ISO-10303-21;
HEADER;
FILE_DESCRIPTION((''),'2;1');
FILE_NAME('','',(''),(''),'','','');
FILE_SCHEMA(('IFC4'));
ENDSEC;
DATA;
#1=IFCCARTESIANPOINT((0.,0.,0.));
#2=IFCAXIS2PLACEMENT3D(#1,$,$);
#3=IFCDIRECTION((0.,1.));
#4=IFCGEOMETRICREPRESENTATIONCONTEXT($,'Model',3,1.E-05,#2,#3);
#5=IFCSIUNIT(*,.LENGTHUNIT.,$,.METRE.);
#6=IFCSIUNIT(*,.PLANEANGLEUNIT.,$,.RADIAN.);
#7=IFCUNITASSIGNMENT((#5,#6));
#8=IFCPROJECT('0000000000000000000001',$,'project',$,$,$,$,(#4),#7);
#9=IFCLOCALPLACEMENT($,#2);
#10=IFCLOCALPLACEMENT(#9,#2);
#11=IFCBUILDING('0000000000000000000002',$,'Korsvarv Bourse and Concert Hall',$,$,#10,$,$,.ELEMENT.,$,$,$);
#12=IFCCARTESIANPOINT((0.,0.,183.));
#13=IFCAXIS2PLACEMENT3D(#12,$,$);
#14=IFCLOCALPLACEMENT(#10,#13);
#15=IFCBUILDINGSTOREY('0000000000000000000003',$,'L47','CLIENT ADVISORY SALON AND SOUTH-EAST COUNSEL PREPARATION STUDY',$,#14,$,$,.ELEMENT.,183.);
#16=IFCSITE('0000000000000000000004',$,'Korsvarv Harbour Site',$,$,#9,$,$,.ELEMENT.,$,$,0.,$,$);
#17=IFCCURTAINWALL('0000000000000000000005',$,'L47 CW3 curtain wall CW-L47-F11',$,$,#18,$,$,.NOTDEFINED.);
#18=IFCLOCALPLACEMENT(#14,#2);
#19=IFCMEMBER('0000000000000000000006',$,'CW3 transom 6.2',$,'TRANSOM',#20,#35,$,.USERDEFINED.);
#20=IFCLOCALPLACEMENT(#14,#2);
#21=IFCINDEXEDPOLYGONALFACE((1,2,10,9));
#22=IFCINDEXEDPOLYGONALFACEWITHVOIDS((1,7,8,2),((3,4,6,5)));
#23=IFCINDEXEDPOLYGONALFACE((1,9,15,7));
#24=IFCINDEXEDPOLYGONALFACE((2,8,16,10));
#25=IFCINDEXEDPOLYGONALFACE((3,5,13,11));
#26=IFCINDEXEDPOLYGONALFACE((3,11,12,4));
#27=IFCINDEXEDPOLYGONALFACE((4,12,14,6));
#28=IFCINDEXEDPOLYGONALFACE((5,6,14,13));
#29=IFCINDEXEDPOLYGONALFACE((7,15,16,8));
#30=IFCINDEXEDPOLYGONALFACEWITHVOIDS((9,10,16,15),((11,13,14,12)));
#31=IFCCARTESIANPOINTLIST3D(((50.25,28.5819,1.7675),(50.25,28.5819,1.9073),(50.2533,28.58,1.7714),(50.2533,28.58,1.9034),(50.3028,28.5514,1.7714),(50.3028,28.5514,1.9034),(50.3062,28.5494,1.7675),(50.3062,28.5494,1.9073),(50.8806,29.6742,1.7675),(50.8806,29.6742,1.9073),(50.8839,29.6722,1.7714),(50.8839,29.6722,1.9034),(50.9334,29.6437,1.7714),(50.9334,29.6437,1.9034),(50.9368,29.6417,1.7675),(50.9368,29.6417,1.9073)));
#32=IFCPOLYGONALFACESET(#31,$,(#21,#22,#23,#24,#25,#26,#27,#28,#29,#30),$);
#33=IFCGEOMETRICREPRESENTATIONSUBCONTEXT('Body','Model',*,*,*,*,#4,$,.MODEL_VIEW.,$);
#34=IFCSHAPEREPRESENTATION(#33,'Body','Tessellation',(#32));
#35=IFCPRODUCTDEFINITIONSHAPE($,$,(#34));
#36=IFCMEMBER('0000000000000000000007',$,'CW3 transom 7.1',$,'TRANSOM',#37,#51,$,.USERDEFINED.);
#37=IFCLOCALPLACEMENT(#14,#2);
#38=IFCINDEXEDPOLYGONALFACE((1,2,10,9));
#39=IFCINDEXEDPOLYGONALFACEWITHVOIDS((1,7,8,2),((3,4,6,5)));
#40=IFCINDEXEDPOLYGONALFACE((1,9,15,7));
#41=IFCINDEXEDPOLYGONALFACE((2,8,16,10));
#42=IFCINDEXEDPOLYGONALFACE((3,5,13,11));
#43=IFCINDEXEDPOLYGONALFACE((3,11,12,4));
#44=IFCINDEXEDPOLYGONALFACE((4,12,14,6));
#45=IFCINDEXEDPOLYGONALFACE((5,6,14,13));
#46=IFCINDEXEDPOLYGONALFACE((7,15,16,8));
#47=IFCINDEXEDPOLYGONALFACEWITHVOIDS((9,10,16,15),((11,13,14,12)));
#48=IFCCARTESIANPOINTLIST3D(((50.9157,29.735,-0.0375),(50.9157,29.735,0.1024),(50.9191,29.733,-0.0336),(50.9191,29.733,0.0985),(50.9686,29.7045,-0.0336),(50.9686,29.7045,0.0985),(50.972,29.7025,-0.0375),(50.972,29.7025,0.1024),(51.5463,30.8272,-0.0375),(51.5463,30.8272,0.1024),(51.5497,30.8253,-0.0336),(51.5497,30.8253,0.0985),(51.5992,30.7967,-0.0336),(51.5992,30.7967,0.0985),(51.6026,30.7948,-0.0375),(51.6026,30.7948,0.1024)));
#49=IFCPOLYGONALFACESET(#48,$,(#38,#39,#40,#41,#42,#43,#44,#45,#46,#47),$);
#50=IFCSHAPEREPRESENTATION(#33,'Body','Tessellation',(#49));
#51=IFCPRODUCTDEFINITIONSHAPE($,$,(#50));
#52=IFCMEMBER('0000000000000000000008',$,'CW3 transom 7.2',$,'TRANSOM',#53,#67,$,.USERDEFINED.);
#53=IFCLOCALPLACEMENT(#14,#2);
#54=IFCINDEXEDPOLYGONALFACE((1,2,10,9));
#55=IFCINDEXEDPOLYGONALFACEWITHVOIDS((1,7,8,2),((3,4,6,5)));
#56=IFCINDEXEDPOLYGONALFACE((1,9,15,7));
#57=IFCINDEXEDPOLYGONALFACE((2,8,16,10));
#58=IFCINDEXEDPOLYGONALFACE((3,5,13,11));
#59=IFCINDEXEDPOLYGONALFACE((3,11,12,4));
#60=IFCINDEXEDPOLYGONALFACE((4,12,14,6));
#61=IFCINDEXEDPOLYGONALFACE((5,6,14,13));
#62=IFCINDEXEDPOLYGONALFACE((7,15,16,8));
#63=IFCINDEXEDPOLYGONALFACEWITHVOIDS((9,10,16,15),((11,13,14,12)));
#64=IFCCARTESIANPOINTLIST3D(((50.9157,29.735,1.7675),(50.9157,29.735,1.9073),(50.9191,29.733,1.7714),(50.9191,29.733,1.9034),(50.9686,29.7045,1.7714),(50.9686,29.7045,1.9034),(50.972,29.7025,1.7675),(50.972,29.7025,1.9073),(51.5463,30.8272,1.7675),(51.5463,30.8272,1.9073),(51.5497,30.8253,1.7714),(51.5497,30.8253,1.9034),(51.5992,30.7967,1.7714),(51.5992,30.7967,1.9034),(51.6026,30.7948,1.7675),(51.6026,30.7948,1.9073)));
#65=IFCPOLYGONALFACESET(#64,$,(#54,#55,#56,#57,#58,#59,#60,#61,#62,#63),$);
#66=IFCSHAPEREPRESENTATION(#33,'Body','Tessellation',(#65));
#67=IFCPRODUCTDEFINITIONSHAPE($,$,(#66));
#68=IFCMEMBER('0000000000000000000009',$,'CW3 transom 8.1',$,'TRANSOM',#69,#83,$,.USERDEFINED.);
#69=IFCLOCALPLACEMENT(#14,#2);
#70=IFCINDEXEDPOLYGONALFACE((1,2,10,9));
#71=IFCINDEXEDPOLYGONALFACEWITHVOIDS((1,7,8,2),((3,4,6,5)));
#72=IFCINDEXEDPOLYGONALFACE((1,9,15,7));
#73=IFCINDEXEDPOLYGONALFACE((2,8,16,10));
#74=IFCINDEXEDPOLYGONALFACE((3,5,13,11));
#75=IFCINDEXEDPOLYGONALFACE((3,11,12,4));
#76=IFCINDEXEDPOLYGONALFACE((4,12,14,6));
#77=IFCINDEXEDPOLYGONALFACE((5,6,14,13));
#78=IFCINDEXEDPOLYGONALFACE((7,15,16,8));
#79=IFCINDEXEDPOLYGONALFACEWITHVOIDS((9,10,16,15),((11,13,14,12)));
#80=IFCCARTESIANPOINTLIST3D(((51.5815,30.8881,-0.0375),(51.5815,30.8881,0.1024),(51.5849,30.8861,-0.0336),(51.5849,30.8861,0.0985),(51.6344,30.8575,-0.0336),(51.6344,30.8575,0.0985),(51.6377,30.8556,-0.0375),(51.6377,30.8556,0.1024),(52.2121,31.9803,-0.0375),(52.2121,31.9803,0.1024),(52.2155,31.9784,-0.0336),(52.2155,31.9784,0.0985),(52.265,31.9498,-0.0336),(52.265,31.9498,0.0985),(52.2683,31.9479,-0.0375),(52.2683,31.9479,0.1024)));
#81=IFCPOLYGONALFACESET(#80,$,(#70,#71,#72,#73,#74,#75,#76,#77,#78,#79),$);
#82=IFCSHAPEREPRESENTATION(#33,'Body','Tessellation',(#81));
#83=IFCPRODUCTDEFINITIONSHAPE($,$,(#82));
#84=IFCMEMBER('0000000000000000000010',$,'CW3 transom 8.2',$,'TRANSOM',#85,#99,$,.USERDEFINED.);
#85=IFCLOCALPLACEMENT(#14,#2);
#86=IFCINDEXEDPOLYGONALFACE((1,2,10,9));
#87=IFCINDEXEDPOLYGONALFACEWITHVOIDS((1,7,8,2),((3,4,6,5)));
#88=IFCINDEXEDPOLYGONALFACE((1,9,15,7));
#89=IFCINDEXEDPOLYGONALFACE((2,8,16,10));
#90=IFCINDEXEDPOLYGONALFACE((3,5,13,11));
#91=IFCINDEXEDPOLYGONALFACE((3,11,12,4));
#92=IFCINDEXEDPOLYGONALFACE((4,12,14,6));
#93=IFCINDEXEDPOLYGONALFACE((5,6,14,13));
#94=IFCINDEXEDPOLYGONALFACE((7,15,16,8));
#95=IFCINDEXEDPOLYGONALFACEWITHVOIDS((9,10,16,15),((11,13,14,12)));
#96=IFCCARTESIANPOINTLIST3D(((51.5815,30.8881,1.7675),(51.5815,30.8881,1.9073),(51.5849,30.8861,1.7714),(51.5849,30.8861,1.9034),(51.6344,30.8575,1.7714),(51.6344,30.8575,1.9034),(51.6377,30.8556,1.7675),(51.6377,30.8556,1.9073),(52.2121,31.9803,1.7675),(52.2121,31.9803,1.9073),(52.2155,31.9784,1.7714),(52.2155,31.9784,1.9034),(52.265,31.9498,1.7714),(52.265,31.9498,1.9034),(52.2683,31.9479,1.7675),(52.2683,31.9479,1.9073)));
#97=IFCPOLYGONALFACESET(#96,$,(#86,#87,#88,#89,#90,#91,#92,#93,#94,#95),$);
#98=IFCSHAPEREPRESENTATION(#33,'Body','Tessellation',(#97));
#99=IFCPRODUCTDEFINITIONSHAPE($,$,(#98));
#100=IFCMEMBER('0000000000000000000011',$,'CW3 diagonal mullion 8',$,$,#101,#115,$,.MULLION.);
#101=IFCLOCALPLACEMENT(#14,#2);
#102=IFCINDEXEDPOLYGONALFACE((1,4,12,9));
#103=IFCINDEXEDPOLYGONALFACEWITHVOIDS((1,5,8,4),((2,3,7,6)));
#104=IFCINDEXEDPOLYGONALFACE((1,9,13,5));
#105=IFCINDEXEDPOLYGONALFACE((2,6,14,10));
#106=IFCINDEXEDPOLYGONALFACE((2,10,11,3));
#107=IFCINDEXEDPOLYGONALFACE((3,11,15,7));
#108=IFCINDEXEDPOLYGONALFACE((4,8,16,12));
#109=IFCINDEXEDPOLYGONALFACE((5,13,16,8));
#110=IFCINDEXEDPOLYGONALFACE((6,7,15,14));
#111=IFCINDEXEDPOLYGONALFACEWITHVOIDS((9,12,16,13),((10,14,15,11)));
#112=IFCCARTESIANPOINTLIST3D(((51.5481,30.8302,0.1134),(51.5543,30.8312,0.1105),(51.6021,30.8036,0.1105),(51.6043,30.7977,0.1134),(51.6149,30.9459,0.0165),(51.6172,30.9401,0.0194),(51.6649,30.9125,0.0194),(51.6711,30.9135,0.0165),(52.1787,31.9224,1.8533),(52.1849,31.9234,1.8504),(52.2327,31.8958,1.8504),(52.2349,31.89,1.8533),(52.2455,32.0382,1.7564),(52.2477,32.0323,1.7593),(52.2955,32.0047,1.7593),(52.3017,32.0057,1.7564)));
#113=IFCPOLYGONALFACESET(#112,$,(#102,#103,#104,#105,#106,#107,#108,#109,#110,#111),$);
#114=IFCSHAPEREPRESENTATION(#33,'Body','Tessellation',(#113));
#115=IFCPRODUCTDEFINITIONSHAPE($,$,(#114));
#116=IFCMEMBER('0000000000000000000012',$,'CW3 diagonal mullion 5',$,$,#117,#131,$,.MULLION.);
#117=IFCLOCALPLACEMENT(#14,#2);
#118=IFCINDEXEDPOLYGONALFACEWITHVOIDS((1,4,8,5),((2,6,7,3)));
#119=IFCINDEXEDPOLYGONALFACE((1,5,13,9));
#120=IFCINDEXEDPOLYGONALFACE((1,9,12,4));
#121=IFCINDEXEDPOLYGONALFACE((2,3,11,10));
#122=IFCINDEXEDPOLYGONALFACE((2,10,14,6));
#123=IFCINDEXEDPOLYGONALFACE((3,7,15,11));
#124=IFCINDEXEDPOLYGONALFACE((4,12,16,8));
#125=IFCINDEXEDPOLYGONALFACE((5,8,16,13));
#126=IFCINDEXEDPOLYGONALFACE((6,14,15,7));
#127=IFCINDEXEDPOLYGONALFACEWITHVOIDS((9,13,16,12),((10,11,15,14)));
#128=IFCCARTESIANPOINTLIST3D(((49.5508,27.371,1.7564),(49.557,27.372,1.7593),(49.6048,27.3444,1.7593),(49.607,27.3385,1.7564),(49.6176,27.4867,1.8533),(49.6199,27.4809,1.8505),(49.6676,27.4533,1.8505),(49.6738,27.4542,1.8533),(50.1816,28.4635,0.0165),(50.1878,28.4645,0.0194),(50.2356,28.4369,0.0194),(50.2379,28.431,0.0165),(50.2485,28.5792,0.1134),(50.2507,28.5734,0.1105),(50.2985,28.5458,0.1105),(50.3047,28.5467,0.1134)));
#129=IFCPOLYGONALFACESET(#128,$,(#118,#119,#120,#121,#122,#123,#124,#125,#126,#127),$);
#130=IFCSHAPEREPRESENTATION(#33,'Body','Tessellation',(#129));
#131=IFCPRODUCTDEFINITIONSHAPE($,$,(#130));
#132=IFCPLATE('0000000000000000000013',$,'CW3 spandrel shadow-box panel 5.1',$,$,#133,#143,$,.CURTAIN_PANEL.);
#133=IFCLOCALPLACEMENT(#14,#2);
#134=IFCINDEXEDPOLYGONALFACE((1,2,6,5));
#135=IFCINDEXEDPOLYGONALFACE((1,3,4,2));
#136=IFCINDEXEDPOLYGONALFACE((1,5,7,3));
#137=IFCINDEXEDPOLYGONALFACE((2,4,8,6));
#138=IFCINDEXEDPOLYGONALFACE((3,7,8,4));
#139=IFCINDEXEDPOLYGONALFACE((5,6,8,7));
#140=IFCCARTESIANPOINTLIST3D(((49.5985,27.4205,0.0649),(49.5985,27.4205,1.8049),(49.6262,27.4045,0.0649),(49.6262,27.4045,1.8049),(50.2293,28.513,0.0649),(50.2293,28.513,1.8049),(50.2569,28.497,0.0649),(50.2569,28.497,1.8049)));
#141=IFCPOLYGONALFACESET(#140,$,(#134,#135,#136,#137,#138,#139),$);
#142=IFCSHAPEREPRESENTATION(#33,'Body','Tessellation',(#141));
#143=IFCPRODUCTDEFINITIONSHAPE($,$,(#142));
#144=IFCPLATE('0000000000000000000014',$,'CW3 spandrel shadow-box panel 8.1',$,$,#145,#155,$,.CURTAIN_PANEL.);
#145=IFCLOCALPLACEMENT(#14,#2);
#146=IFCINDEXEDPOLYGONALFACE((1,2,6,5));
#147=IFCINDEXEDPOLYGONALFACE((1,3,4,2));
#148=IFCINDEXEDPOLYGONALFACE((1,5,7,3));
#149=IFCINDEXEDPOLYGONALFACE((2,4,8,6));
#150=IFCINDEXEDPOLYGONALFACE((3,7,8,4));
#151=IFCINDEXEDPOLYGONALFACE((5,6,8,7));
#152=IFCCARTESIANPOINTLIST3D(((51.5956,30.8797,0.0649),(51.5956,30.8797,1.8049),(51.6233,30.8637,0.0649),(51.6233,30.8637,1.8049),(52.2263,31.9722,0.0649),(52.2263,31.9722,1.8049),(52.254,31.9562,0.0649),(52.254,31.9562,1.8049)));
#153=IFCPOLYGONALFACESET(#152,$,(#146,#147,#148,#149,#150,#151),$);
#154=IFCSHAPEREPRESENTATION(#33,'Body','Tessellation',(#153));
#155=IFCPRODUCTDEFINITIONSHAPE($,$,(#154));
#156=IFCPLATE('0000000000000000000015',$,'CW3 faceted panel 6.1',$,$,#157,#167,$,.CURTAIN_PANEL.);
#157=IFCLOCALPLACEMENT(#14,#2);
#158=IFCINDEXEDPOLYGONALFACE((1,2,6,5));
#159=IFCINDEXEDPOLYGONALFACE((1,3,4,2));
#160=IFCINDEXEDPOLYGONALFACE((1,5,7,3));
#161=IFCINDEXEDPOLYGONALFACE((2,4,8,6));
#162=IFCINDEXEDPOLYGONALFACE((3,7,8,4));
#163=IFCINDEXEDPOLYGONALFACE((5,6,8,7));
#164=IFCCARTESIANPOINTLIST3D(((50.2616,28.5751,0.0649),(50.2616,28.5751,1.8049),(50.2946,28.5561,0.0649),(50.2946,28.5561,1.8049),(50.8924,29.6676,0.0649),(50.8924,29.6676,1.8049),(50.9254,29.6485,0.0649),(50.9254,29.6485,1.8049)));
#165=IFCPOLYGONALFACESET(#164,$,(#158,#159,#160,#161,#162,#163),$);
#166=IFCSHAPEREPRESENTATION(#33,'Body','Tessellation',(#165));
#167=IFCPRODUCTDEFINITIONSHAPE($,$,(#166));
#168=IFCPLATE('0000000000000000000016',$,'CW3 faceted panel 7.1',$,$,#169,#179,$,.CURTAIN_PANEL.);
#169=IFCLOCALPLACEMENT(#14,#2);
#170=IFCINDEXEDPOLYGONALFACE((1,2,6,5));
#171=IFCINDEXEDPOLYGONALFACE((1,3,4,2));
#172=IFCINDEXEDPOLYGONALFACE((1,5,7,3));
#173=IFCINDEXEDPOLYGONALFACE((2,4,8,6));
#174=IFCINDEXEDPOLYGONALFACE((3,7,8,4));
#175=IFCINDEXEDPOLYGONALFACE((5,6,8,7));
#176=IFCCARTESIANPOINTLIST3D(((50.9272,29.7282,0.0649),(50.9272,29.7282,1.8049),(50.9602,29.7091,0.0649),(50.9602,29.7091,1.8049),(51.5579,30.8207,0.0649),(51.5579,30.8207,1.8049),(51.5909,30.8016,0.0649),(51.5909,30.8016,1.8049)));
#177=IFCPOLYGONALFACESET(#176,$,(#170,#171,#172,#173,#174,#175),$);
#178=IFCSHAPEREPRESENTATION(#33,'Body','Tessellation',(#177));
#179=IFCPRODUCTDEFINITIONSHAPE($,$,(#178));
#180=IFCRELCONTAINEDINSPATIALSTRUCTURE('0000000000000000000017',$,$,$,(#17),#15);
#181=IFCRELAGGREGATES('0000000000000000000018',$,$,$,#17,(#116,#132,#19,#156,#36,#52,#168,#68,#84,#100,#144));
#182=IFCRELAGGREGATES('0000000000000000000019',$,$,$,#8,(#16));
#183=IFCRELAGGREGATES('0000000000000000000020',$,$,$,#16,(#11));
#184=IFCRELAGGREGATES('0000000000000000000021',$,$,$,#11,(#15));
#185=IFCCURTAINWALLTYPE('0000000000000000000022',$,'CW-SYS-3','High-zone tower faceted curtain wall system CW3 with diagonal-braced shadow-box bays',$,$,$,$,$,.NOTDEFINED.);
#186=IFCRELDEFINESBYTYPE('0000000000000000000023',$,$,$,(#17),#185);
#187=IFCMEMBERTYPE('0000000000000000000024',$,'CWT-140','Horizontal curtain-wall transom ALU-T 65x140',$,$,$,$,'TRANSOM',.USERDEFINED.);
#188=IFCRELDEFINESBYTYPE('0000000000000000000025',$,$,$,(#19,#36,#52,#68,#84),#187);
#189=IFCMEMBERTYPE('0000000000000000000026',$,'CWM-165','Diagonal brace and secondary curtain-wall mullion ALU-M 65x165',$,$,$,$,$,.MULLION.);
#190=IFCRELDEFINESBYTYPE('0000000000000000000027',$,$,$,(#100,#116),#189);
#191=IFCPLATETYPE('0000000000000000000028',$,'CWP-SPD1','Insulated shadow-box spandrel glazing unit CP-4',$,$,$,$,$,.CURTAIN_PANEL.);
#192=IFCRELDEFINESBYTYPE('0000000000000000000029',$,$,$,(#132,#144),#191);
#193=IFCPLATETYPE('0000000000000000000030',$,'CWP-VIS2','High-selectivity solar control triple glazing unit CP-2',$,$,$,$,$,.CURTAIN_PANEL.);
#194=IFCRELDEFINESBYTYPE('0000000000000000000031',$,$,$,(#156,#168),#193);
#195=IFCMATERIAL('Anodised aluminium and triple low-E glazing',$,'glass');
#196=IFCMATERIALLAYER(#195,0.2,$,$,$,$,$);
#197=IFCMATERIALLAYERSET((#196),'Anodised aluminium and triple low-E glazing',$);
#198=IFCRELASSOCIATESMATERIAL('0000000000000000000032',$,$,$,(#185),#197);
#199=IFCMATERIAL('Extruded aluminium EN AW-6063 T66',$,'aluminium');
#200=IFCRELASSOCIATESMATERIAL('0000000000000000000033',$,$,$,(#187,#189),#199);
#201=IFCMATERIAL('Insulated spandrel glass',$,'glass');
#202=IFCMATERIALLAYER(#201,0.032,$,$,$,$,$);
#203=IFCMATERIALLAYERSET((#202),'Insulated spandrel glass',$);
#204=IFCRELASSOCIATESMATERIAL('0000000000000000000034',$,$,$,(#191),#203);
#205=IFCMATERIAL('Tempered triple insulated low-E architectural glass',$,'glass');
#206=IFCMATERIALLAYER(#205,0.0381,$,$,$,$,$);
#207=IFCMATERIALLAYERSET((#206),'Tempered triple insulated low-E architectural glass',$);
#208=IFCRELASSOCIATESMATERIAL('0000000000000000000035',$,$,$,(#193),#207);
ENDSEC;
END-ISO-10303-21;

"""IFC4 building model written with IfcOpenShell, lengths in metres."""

from ifc_helpers import new_model, si_unit, direction, frame, origin, origin_2d, place, context, subcontext, project, spatial, rectangle, hollow_rectangle, extrude, source, transform, mapped, material, layer, layer_set, material_profile, profile_set, type_object, element, aggregate, save


model = new_model("IFC4")

# Units and contexts
model_context = context("Model", 3, precision=1e-05, world=origin(), true_north=direction((0.0, 1.0)))
body_context = subcontext(model_context, "Body", "Model", "MODEL_VIEW")
ifc_project = project(units=[si_unit("LENGTHUNIT", "METRE"), si_unit("PLANEANGLEUNIT", "RADIAN")], contexts=[model_context])

# Site, building, storey
site_placement = place(None, origin())
site = spatial("IfcSite", under=ifc_project, at=site_placement, Name="Korsvarv Harbour Site", CompositionType="ELEMENT", RefElevation=0.0)
building_placement = place(site_placement, origin())
building = spatial("IfcBuilding", under=site, at=building_placement, Name="Korsvarv Bourse and Concert Hall", CompositionType="ELEMENT")
storey_placement = place(building_placement, frame((0.0, 0.0, 183.0)))
storey = spatial("IfcBuildingStorey", under=building, at=storey_placement, Name="L47", Description="CLIENT ADVISORY SALON AND SOUTH-EAST COUNSEL PREPARATION STUDY", CompositionType="ELEMENT", Elevation=183.0)

# Curtain wall, members, plates
ifc_material_1 = material(Name="Anodised aluminium and triple low-E glazing", Category="glass")
ifc_layer_1 = layer(ifc_material_1, 0.2)
ifc_layer_set_1 = layer_set([ifc_layer_1], Name="Anodised aluminium and triple low-E glazing")
curtain_wall_type = type_object("IfcCurtainWallType", Name="CW-SYS-3", Description="High-zone tower faceted curtain wall system CW3 with diagonal-braced shadow-box bays", PredefinedType="NOTDEFINED", material=ifc_layer_set_1)
curtain_wall_placement = place(storey_placement, origin())
curtain_wall = element("IfcCurtainWall", 1, at=curtain_wall_placement, inside=storey, type_object=curtain_wall_type, Name="L47 CW3 curtain wall CW-L47-F11", PredefinedType="NOTDEFINED")
ifc_material_2 = material(Name="Extruded aluminium EN AW-6063 T66", Category="aluminium")
ifc_material_profile_1 = material_profile(ifc_material_2, hollow_rectangle(XDim=0.0649, YDim=0.1399, WallThickness=0.0039, at=origin_2d()), Name="ALU-T 65x140")
ifc_profile_set_1 = profile_set([ifc_material_profile_1], Name="Extruded aluminium EN AW-6063 T66")
member_type_1 = type_object("IfcMemberType", Name="CWT-140", Description="Horizontal curtain-wall transom ALU-T 65x140", ElementType="TRANSOM", PredefinedType="USERDEFINED", material=ifc_profile_set_1)
shared_shape_1 = source(origin(), body_context, "Body", "SweptSolid", [
    extrude(hollow_rectangle(XDim=0.0649, YDim=0.1399, WallThickness=0.0039, at=origin_2d()), origin(), (0.0, 0.0, 1.0), 1.2612),
])
member_1_placement = place(storey_placement, frame((50.2781, 28.5657, 1.8374), z_axis=(0.499991, 0.866031, 0.0), x_axis=(-0.866031, 0.499991, 0.0)))
member_1 = element("IfcMember", 2, at=member_1_placement, type_object=member_type_1, Name="CW3 transom 6.2", ObjectType="TRANSOM", PredefinedType="USERDEFINED", context=body_context, shape_type="MappedRepresentation", body=[
    mapped(shared_shape_1, transform((0.0, 0.0, 0.0), scale=1.0)),
])
member_2_placement = place(storey_placement, frame((50.9438, 29.7188, 0.0325), z_axis=(0.499991, 0.866031, 0.0), x_axis=(-0.866031, 0.499991, 0.0)))
member_2 = element("IfcMember", 3, at=member_2_placement, type_object=member_type_1, Name="CW3 transom 7.1", ObjectType="TRANSOM", PredefinedType="USERDEFINED", context=body_context, shape_type="MappedRepresentation", body=[
    mapped(shared_shape_1, transform((0.0, 0.0, 0.0), scale=1.0)),
])
member_3_placement = place(storey_placement, frame((50.9438, 29.7188, 1.8374), z_axis=(0.499991, 0.866031, 0.0), x_axis=(-0.866031, 0.499991, 0.0)))
member_3 = element("IfcMember", 4, at=member_3_placement, type_object=member_type_1, Name="CW3 transom 7.2", ObjectType="TRANSOM", PredefinedType="USERDEFINED", context=body_context, shape_type="MappedRepresentation", body=[
    mapped(shared_shape_1, transform((0.0, 0.0, 0.0), scale=1.0)),
])
member_4_placement = place(storey_placement, frame((51.6096, 30.8718, 0.0325), z_axis=(0.499991, 0.866031, 0.0), x_axis=(-0.866031, 0.499991, 0.0)))
member_4 = element("IfcMember", 5, at=member_4_placement, type_object=member_type_1, Name="CW3 transom 8.1", ObjectType="TRANSOM", PredefinedType="USERDEFINED", context=body_context, shape_type="MappedRepresentation", body=[
    mapped(shared_shape_1, transform((0.0, 0.0, 0.0), scale=1.0)),
])
member_5_placement = place(storey_placement, frame((51.6096, 30.8718, 1.8374), z_axis=(0.499991, 0.866031, 0.0), x_axis=(-0.866031, 0.499991, 0.0)))
member_5 = element("IfcMember", 6, at=member_5_placement, type_object=member_type_1, Name="CW3 transom 8.2", ObjectType="TRANSOM", PredefinedType="USERDEFINED", context=body_context, shape_type="MappedRepresentation", body=[
    mapped(shared_shape_1, transform((0.0, 0.0, 0.0), scale=1.0)),
])
ifc_material_profile_2 = material_profile(ifc_material_2, hollow_rectangle(XDim=0.0649, YDim=0.165, WallThickness=0.0049, at=origin_2d()), Name="ALU-M 65x165")
ifc_profile_set_2 = profile_set([ifc_material_profile_2], Name="Extruded aluminium EN AW-6063 T66")
member_type_2 = type_object("IfcMemberType", Name="CWM-165", Description="Diagonal brace and secondary curtain-wall mullion ALU-M 65x165", PredefinedType="MULLION", material=ifc_profile_set_2)
shared_shape_2 = source(origin(), body_context, "Body", "SweptSolid", [
    extrude(hollow_rectangle(XDim=0.0649, YDim=0.165, WallThickness=0.0049, at=origin_2d()), origin(), (0.0, 0.0, 1.0), 2.1489),
])
member_6_placement = place(storey_placement, frame((51.6096, 30.8718, 0.0649), z_axis=(0.293442, 0.508269, 0.809663), x_axis=(-0.866031, 0.499991, 0.0)))
member_6 = element("IfcMember", 7, at=member_6_placement, type_object=member_type_2, Name="CW3 diagonal mullion 8", PredefinedType="MULLION", context=body_context, shape_type="MappedRepresentation", body=[
    mapped(shared_shape_2, transform((0.0, 0.0, 0.0), scale=1.0)),
])
shared_shape_3 = source(origin(), body_context, "Body", "SweptSolid", [
    extrude(hollow_rectangle(XDim=0.0649, YDim=0.165, WallThickness=0.0049, at=origin_2d()), origin(), (0.0, 0.0, 1.0), 2.1492),
])
member_7_placement = place(storey_placement, frame((50.2432, 28.5051, 0.0649), z_axis=(-0.293529, -0.508336, 0.809589), x_axis=(0.865995, -0.500052, 0.0)))
member_7 = element("IfcMember", 8, at=member_7_placement, type_object=member_type_2, Name="CW3 diagonal mullion 5", PredefinedType="MULLION", context=body_context, shape_type="MappedRepresentation", body=[
    mapped(shared_shape_3, transform((0.0, 0.0, 0.0), scale=1.0)),
])
ifc_material_3 = material(Name="Insulated spandrel glass", Category="glass")
ifc_layer_2 = layer(ifc_material_3, 0.032)
ifc_layer_set_2 = layer_set([ifc_layer_2], Name="Insulated spandrel glass")
plate_type_1 = type_object("IfcPlateType", Name="CWP-SPD1", Description="Insulated shadow-box spandrel glazing unit CP-4", PredefinedType="CURTAIN_PANEL", material=ifc_layer_set_2)
shared_shape_4 = source(origin(), body_context, "Body", "SweptSolid", [
    extrude(rectangle(XDim=1.2615, YDim=0.032, at=origin_2d()), origin(), (0.0, 0.0, 1.0), 1.74),
])
plate_1_placement = place(storey_placement, frame((49.9277, 27.9587, 0.0649), z_axis=(0.0, 0.0, 1.0), x_axis=(0.499994, 0.866029, 0.0)))
plate_1 = element("IfcPlate", 9, at=plate_1_placement, type_object=plate_type_1, Name="CW3 spandrel shadow-box panel 5.1", PredefinedType="CURTAIN_PANEL", context=body_context, shape_type="MappedRepresentation", body=[
    mapped(shared_shape_4, transform((0.0, 0.0, 0.0), scale=1.0)),
])
plate_2_placement = place(storey_placement, frame((51.9248, 31.418, 0.0649), z_axis=(0.0, 0.0, 1.0), x_axis=(0.499994, 0.866029, 0.0)))
plate_2 = element("IfcPlate", 10, at=plate_2_placement, type_object=plate_type_1, Name="CW3 spandrel shadow-box panel 8.1", PredefinedType="CURTAIN_PANEL", context=body_context, shape_type="MappedRepresentation", body=[
    mapped(shared_shape_4, transform((0.0, 0.0, 0.0), scale=1.0)),
])
ifc_material_4 = material(Name="Tempered triple insulated low-E architectural glass", Category="glass")
ifc_layer_3 = layer(ifc_material_4, 0.0381)
ifc_layer_set_3 = layer_set([ifc_layer_3], Name="Tempered triple insulated low-E architectural glass")
plate_type_2 = type_object("IfcPlateType", Name="CWP-VIS2", Description="High-selectivity solar control triple glazing unit CP-2", PredefinedType="CURTAIN_PANEL", material=ifc_layer_set_3)
shared_shape_5 = source(origin(), body_context, "Body", "SweptSolid", [
    extrude(rectangle(XDim=1.2615, YDim=0.0381, at=origin_2d()), origin(), (0.0, 0.0, 1.0), 1.74),
])
plate_3_placement = place(storey_placement, frame((50.5935, 29.1118, 0.0649), z_axis=(0.0, 0.0, 1.0), x_axis=(0.499994, 0.866029, 0.0)))
plate_3 = element("IfcPlate", 11, at=plate_3_placement, type_object=plate_type_2, Name="CW3 faceted panel 6.1", PredefinedType="CURTAIN_PANEL", context=body_context, shape_type="MappedRepresentation", body=[
    mapped(shared_shape_5, transform((0.0, 0.0, 0.0), scale=1.0)),
])
plate_4_placement = place(storey_placement, frame((51.259, 30.2649, 0.0649), z_axis=(0.0, 0.0, 1.0), x_axis=(0.499994, 0.866029, 0.0)))
plate_4 = element("IfcPlate", 12, at=plate_4_placement, type_object=plate_type_2, Name="CW3 faceted panel 7.1", PredefinedType="CURTAIN_PANEL", context=body_context, shape_type="MappedRepresentation", body=[
    mapped(shared_shape_5, transform((0.0, 0.0, 0.0), scale=1.0)),
])
aggregate(curtain_wall, [member_7, plate_1, member_1, plate_3, member_2, member_3, plate_4, member_4, member_5, member_6, plate_2])

save(model, "model.ifc")
